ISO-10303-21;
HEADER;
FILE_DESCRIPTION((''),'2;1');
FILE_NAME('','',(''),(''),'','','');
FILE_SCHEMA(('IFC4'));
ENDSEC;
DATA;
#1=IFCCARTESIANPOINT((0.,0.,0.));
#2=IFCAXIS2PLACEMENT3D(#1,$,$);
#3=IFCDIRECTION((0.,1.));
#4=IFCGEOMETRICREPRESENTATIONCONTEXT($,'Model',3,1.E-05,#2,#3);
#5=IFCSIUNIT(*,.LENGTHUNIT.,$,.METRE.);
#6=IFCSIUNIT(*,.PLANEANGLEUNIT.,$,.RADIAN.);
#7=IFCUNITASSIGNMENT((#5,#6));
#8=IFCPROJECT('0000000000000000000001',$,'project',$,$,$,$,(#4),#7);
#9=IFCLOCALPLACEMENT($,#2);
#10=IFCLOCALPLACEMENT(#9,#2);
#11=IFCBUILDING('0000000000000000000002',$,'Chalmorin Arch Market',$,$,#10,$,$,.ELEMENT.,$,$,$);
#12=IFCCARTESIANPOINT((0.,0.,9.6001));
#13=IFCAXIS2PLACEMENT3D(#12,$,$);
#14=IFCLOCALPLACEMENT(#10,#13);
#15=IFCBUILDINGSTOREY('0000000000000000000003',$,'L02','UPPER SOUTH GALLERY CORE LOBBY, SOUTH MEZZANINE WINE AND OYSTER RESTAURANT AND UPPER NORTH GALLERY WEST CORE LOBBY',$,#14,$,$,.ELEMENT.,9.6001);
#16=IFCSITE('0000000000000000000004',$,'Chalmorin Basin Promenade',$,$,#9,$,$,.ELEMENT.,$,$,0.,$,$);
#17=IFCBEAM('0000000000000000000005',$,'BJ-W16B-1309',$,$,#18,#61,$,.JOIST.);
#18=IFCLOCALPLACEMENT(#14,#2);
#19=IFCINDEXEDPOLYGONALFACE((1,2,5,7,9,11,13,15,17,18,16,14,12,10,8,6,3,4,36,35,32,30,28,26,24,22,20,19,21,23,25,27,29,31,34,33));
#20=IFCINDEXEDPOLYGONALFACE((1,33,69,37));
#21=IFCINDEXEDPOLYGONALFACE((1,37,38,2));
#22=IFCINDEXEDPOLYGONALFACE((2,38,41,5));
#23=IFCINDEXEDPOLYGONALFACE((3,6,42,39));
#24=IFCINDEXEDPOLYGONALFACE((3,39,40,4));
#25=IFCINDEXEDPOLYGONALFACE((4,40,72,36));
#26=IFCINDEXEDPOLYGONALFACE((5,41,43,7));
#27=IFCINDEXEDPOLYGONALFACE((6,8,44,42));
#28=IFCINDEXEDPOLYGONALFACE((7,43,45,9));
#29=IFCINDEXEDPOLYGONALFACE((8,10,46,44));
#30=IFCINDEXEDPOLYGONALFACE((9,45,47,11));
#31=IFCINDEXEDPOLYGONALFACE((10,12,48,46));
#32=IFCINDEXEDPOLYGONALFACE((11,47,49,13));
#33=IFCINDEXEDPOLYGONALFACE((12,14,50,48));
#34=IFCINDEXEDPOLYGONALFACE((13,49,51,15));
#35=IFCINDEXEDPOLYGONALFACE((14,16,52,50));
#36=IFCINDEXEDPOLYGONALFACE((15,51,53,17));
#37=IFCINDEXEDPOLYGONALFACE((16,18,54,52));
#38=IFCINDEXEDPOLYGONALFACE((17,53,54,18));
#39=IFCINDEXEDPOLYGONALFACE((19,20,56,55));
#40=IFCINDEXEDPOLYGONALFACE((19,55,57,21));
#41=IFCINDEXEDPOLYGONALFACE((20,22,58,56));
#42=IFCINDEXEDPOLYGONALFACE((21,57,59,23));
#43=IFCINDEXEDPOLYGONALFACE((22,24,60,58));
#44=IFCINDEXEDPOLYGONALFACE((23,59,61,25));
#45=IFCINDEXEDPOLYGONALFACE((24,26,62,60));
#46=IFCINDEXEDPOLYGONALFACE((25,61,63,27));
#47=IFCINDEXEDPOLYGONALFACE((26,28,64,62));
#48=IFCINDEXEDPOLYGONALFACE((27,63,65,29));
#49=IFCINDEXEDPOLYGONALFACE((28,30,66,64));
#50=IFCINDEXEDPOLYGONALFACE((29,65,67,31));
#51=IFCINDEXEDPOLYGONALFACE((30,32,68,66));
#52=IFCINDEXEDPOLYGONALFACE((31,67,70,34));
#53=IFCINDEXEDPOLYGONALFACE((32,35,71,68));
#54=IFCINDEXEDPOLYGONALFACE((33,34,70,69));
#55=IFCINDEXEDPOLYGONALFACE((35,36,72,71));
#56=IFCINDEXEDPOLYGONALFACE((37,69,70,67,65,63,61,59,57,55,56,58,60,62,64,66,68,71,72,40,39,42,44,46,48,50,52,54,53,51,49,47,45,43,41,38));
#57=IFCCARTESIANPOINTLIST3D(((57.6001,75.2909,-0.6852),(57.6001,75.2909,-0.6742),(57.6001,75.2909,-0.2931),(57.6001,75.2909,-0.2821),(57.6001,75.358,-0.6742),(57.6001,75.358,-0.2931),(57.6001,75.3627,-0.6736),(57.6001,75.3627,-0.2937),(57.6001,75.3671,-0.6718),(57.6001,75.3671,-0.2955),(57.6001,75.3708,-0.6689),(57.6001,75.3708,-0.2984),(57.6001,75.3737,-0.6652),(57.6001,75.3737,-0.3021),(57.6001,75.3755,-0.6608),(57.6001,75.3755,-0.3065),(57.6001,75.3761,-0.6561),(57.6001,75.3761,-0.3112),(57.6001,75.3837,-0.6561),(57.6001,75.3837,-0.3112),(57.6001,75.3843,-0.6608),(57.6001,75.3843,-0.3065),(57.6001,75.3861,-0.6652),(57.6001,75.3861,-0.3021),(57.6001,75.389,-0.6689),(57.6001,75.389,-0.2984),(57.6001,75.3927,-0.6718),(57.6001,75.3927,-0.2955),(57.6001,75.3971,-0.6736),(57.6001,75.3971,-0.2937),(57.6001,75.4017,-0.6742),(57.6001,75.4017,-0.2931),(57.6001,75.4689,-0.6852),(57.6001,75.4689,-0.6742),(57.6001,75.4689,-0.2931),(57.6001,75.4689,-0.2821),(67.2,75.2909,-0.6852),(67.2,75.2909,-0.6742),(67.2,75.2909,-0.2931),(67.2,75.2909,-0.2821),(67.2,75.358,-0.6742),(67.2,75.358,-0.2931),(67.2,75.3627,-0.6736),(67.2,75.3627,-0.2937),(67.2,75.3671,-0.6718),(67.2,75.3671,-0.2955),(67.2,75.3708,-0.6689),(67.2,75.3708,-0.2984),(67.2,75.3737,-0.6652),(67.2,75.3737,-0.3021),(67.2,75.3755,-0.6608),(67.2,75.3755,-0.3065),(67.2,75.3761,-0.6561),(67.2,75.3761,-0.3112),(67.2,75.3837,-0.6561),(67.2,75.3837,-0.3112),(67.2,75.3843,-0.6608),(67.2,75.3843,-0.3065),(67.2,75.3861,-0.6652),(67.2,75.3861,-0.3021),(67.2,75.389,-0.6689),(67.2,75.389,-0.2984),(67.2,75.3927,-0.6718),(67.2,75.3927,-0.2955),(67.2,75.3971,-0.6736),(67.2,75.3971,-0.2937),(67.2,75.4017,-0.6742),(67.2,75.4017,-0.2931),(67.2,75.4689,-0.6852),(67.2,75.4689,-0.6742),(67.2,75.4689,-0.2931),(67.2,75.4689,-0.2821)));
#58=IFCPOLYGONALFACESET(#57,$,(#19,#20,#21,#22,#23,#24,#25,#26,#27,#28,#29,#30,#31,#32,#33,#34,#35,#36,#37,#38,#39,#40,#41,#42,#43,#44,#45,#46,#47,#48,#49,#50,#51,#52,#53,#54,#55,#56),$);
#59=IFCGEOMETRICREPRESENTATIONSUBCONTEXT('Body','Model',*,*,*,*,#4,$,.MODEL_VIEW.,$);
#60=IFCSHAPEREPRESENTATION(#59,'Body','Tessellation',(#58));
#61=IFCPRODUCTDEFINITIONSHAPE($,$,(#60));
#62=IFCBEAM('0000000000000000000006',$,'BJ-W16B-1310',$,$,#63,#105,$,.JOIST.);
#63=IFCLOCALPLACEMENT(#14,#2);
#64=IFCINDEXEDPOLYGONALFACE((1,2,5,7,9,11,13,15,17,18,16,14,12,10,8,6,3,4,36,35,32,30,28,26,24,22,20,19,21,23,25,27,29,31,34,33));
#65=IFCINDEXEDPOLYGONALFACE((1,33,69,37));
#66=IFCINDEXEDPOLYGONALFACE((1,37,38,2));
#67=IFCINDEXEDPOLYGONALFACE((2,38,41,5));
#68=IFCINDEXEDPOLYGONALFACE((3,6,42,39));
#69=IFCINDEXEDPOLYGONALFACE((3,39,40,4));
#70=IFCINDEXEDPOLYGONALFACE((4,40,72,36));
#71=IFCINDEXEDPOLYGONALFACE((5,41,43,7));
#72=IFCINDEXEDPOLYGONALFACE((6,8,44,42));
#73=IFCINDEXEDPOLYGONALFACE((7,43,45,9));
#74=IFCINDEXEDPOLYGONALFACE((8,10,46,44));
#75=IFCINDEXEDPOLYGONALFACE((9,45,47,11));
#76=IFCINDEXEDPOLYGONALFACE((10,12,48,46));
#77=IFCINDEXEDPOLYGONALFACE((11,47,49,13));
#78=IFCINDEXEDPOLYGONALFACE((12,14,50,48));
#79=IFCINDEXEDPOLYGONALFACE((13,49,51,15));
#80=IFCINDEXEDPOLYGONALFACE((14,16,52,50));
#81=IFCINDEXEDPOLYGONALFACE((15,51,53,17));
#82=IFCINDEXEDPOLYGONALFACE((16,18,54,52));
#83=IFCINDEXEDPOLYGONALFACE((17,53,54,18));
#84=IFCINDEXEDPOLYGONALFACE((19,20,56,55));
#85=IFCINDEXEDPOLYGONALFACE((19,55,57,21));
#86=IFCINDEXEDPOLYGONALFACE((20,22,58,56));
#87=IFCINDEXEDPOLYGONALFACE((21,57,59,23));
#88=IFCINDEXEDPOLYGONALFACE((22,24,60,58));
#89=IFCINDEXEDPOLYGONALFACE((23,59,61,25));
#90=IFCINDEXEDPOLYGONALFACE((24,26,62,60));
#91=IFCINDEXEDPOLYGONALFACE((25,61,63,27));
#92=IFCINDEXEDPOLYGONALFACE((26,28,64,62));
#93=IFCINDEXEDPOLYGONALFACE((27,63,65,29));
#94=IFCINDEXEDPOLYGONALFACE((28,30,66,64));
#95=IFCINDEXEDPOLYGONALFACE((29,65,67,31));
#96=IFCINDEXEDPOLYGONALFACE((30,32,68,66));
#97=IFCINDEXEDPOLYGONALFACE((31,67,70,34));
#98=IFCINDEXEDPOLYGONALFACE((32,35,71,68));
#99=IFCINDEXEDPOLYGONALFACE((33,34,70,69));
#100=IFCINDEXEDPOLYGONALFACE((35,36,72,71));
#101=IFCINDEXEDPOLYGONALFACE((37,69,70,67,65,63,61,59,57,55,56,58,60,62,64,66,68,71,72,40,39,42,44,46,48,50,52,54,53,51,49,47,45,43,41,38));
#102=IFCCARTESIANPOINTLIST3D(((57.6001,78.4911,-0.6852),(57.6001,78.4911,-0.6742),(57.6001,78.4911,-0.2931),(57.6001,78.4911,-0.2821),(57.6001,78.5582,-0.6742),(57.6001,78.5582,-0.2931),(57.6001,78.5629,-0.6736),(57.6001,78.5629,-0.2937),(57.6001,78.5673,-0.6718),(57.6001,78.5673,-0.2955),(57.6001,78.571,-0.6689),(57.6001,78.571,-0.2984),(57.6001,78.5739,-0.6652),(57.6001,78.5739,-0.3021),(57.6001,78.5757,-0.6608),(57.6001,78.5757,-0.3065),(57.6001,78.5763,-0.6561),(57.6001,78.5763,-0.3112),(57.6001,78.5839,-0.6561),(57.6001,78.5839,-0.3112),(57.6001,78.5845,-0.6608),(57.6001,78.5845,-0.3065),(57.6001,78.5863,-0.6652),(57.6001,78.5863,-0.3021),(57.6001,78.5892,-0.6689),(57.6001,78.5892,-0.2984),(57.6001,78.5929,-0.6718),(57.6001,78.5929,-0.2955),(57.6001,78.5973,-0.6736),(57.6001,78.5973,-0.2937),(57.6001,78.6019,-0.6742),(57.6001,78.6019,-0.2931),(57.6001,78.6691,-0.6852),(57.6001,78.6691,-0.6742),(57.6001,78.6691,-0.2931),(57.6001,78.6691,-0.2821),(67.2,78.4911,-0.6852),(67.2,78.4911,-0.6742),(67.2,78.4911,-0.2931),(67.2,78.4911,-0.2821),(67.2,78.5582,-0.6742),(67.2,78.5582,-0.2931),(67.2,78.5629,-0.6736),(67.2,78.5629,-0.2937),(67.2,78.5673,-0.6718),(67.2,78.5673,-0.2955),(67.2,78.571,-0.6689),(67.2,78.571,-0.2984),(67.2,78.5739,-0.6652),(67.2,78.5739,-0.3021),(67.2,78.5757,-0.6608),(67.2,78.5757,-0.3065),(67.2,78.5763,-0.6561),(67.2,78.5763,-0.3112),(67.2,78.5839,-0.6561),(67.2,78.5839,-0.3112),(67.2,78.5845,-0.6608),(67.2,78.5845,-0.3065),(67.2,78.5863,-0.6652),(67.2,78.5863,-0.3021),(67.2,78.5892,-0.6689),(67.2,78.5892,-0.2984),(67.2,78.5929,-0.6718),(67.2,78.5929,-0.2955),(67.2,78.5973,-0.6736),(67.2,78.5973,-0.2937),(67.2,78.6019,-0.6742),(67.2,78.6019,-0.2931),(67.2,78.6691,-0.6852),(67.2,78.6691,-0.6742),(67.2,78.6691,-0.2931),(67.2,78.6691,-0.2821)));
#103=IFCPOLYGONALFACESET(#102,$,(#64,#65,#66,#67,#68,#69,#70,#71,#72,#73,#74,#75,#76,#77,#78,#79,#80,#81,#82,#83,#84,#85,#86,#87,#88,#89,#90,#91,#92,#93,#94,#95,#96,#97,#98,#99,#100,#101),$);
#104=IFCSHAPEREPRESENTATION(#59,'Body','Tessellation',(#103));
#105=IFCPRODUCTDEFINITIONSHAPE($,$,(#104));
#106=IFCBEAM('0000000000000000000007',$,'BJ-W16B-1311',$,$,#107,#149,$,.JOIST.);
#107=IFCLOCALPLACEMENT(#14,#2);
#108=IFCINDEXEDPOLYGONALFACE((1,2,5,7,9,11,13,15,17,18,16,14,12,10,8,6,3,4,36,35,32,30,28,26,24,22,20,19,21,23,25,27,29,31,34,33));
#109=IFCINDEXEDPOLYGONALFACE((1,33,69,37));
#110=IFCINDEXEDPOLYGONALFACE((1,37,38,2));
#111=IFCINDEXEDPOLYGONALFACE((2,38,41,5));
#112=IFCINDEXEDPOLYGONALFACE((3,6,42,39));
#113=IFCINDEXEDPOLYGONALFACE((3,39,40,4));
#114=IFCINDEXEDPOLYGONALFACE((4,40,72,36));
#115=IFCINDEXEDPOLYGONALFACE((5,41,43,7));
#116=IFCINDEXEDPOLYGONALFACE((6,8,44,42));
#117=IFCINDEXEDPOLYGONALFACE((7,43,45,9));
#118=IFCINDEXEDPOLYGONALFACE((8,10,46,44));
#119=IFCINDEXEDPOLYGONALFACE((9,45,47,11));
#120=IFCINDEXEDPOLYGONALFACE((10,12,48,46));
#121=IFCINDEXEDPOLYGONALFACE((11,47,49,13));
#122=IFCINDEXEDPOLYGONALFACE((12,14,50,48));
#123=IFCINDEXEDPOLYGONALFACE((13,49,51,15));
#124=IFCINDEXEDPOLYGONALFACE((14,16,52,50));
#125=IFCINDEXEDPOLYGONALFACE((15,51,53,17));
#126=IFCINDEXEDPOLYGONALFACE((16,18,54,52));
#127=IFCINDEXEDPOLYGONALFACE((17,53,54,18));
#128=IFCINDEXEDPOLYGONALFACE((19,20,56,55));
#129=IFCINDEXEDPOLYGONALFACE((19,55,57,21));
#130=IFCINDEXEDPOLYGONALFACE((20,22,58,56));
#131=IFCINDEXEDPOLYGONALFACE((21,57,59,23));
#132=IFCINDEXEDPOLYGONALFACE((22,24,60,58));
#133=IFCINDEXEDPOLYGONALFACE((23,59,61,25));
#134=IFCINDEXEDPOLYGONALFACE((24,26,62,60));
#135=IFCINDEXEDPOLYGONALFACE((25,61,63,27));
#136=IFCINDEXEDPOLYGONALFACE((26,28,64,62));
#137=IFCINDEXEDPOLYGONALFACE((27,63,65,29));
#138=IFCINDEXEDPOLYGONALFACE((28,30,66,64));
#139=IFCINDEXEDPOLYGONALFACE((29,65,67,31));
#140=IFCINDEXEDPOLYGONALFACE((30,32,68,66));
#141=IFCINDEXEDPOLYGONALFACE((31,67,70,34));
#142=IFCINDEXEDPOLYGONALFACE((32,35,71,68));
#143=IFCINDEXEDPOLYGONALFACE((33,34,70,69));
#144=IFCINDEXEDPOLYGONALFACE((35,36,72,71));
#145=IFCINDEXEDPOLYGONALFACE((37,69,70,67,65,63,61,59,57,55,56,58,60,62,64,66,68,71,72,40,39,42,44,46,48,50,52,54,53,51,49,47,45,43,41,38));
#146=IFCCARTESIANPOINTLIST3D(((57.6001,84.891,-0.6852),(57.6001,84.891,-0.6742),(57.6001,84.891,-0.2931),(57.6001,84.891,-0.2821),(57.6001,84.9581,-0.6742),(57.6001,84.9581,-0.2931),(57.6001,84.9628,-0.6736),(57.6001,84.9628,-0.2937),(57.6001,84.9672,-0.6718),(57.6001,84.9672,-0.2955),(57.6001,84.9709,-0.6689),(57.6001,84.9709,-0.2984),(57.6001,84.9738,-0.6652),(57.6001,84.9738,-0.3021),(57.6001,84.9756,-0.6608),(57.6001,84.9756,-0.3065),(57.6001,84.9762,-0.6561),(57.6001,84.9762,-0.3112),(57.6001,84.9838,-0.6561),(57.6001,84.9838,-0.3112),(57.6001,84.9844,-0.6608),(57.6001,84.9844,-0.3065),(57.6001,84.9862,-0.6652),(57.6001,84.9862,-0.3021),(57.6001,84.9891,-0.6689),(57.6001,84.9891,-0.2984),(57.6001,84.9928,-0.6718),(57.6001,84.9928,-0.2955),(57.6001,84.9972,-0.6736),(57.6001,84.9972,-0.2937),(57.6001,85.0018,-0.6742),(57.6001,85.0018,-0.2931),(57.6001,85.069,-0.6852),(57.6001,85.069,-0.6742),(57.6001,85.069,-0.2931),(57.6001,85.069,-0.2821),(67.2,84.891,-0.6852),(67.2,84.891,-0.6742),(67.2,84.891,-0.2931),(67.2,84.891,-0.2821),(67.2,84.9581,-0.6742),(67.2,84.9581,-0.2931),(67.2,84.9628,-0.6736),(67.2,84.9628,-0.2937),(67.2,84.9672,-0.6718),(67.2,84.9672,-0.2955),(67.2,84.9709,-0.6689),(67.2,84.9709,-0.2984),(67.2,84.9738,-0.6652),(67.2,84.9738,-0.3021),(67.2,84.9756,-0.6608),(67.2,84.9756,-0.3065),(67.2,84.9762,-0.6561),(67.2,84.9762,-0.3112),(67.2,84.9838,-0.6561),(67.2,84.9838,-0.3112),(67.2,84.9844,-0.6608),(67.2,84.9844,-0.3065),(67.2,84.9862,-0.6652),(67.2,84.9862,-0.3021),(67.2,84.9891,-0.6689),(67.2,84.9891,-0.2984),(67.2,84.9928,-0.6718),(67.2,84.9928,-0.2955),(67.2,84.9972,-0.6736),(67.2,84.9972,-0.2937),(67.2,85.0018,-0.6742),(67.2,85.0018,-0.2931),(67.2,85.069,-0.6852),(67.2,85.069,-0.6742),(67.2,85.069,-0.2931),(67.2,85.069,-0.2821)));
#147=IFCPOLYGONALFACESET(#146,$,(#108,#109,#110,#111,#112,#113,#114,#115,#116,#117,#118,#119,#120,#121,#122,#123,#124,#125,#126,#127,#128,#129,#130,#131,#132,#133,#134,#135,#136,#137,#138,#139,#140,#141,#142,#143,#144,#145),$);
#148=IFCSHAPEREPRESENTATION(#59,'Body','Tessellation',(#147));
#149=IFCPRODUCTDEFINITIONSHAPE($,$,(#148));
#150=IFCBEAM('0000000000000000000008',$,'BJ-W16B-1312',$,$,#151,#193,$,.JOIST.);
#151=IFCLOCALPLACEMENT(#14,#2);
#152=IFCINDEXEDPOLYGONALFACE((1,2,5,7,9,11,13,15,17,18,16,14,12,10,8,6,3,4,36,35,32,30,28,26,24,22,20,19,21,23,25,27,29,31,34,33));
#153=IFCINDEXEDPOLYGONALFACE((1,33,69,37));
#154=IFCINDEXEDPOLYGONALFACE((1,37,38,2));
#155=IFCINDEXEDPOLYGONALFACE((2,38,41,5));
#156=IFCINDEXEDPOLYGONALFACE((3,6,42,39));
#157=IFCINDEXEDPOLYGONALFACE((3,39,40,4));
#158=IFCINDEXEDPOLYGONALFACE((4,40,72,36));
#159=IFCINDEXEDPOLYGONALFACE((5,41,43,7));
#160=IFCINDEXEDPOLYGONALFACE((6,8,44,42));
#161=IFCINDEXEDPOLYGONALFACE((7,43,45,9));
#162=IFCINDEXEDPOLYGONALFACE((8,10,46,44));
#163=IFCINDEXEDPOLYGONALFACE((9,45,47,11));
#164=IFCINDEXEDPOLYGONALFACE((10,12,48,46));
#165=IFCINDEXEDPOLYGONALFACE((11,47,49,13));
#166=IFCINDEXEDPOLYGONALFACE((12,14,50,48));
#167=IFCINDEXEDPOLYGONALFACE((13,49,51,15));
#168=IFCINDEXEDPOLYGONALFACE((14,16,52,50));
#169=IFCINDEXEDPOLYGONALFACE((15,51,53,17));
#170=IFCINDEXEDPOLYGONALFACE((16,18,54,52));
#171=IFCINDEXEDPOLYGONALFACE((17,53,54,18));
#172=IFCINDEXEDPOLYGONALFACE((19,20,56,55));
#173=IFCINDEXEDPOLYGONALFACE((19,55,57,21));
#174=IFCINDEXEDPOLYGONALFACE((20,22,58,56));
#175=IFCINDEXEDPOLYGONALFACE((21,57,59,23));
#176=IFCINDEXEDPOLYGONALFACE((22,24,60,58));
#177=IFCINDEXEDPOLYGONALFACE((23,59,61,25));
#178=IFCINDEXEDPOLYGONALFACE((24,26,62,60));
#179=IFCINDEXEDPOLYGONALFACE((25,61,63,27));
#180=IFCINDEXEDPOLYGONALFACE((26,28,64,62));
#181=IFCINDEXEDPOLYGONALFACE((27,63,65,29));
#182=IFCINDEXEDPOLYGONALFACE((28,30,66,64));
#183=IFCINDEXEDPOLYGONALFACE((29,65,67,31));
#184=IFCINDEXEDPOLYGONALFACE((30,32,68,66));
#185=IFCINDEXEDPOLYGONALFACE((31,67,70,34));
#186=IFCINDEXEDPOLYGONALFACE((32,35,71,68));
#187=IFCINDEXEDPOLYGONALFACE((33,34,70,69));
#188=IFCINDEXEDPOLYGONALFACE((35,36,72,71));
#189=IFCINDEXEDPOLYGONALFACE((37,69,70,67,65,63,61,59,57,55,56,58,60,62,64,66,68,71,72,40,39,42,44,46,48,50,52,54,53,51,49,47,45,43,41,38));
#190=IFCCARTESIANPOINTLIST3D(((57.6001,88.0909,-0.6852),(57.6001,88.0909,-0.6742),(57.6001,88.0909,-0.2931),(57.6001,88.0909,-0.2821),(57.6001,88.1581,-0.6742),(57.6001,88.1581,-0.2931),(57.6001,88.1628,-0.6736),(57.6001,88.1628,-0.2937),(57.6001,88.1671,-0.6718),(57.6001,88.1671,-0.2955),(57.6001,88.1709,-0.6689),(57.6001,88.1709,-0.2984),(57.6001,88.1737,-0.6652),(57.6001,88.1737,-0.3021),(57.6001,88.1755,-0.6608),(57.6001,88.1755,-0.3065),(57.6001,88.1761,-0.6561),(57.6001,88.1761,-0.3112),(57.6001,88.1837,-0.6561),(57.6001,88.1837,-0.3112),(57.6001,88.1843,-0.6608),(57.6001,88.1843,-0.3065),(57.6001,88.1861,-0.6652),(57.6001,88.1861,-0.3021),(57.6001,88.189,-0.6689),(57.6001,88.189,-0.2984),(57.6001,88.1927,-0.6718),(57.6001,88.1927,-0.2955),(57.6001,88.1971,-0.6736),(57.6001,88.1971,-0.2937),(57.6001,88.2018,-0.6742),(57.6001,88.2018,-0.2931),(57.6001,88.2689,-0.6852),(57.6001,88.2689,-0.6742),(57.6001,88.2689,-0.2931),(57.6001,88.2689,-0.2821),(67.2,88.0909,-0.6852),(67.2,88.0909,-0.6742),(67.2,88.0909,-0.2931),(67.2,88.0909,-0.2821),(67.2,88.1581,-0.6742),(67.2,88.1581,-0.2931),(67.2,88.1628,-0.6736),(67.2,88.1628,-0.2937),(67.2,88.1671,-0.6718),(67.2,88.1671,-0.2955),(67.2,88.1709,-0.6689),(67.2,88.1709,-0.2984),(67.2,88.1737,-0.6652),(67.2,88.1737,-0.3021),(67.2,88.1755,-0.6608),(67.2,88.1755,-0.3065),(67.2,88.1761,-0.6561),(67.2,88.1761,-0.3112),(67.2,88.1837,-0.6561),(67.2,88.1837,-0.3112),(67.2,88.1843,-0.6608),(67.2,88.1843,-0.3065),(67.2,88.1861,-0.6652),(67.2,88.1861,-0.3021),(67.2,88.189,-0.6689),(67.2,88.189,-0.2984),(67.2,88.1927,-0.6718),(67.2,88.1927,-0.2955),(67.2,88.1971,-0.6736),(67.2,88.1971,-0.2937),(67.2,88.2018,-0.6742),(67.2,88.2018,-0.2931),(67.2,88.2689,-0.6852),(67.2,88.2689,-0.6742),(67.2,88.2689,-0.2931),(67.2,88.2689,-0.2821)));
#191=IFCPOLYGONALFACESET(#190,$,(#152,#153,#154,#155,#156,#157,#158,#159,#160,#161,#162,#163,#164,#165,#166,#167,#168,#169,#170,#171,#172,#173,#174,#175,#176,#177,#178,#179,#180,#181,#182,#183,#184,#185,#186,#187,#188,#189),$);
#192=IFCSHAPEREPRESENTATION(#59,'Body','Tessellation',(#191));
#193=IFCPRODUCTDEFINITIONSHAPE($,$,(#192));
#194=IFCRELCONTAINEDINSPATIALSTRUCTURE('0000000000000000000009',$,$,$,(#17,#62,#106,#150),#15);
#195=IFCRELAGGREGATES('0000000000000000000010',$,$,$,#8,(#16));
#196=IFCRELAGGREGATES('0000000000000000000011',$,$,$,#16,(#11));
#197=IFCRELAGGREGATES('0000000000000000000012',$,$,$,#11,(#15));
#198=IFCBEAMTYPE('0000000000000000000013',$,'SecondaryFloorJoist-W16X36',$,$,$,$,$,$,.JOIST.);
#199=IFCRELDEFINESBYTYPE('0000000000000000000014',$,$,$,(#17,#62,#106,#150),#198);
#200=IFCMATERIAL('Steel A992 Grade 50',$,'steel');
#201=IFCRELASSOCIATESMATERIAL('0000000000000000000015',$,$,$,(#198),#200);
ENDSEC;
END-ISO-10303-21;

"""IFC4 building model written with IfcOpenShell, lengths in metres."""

from ifc_helpers import new_model, si_unit, direction, frame, origin, origin_2d, place, context, subcontext, project, spatial, i_section, extrude, material, material_profile, profile_set, type_object, element, save


model = new_model("IFC4")

# Units and contexts
model_context = context("Model", 3, precision=1e-05, world=origin(), true_north=direction((0.0, 1.0)))
body_context = subcontext(model_context, "Body", "Model", "MODEL_VIEW")
ifc_project = project(units=[si_unit("LENGTHUNIT", "METRE"), si_unit("PLANEANGLEUNIT", "RADIAN")], contexts=[model_context])

# Site, building, storey
site_placement = place(None, origin())
site = spatial("IfcSite", under=ifc_project, at=site_placement, Name="Chalmorin Basin Promenade", CompositionType="ELEMENT", RefElevation=0.0)
building_placement = place(site_placement, origin())
building = spatial("IfcBuilding", under=site, at=building_placement, Name="Chalmorin Arch Market", CompositionType="ELEMENT")
storey_placement = place(building_placement, frame((0.0, 0.0, 9.6001)))
storey = spatial("IfcBuildingStorey", under=building, at=storey_placement, Name="L02", Description="UPPER SOUTH GALLERY CORE LOBBY, SOUTH MEZZANINE WINE AND OYSTER RESTAURANT AND UPPER NORTH GALLERY WEST CORE LOBBY", CompositionType="ELEMENT", Elevation=9.6001)

# Beams
ifc_material_1 = material(Name="Steel A992 Grade 50", Category="steel")
ifc_material_profile_1 = material_profile(ifc_material_1, i_section(OverallWidth=0.178, OverallDepth=0.4031, WebThickness=0.0076, FlangeThickness=0.011, FilletRadius=0.0181, at=origin_2d()), Name="W16X36")
ifc_profile_set_1 = profile_set([ifc_material_profile_1], Name="Steel A992 Grade 50")
beam_type_1 = type_object("IfcBeamType", Name="SecondaryFloorJoist-W16X36", PredefinedType="JOIST", material=ifc_profile_set_1)
for number, where, z_axis, x_axis, name in (
    (1, (57.6001, 75.3799, -0.4836), (1.0, 0.0, 0.0), (0.0, 1.0, 0.0), "BJ-W16B-1309"),
    (2, (57.6001, 78.5801, -0.4836), (1.0, 0.0, 0.0), (0.0, 1.0, 0.0), "BJ-W16B-1310"),
    (3, (57.6001, 84.98, -0.4836), (1.0, 0.0, 0.0), (0.0, 1.0, 0.0), "BJ-W16B-1311"),
    (4, (57.6001, 88.1799, -0.4836), (1.0, 0.0, 0.0), (0.0, 1.0, 0.0), "BJ-W16B-1312"),
):
    element("IfcBeam", number, at=place(storey_placement, frame(where, z_axis=z_axis, x_axis=x_axis)), inside=storey, type_object=beam_type_1, Name=name, PredefinedType="JOIST", context=body_context, shape_type="SweptSolid", body=[
        extrude(i_section(OverallWidth=0.178, OverallDepth=0.4031, WebThickness=0.0076, FlangeThickness=0.011, FilletRadius=0.0181, at=origin_2d()), origin(), (0.0, 0.0, 1.0), 9.5999),
    ])

save(model, "model.ifc")
